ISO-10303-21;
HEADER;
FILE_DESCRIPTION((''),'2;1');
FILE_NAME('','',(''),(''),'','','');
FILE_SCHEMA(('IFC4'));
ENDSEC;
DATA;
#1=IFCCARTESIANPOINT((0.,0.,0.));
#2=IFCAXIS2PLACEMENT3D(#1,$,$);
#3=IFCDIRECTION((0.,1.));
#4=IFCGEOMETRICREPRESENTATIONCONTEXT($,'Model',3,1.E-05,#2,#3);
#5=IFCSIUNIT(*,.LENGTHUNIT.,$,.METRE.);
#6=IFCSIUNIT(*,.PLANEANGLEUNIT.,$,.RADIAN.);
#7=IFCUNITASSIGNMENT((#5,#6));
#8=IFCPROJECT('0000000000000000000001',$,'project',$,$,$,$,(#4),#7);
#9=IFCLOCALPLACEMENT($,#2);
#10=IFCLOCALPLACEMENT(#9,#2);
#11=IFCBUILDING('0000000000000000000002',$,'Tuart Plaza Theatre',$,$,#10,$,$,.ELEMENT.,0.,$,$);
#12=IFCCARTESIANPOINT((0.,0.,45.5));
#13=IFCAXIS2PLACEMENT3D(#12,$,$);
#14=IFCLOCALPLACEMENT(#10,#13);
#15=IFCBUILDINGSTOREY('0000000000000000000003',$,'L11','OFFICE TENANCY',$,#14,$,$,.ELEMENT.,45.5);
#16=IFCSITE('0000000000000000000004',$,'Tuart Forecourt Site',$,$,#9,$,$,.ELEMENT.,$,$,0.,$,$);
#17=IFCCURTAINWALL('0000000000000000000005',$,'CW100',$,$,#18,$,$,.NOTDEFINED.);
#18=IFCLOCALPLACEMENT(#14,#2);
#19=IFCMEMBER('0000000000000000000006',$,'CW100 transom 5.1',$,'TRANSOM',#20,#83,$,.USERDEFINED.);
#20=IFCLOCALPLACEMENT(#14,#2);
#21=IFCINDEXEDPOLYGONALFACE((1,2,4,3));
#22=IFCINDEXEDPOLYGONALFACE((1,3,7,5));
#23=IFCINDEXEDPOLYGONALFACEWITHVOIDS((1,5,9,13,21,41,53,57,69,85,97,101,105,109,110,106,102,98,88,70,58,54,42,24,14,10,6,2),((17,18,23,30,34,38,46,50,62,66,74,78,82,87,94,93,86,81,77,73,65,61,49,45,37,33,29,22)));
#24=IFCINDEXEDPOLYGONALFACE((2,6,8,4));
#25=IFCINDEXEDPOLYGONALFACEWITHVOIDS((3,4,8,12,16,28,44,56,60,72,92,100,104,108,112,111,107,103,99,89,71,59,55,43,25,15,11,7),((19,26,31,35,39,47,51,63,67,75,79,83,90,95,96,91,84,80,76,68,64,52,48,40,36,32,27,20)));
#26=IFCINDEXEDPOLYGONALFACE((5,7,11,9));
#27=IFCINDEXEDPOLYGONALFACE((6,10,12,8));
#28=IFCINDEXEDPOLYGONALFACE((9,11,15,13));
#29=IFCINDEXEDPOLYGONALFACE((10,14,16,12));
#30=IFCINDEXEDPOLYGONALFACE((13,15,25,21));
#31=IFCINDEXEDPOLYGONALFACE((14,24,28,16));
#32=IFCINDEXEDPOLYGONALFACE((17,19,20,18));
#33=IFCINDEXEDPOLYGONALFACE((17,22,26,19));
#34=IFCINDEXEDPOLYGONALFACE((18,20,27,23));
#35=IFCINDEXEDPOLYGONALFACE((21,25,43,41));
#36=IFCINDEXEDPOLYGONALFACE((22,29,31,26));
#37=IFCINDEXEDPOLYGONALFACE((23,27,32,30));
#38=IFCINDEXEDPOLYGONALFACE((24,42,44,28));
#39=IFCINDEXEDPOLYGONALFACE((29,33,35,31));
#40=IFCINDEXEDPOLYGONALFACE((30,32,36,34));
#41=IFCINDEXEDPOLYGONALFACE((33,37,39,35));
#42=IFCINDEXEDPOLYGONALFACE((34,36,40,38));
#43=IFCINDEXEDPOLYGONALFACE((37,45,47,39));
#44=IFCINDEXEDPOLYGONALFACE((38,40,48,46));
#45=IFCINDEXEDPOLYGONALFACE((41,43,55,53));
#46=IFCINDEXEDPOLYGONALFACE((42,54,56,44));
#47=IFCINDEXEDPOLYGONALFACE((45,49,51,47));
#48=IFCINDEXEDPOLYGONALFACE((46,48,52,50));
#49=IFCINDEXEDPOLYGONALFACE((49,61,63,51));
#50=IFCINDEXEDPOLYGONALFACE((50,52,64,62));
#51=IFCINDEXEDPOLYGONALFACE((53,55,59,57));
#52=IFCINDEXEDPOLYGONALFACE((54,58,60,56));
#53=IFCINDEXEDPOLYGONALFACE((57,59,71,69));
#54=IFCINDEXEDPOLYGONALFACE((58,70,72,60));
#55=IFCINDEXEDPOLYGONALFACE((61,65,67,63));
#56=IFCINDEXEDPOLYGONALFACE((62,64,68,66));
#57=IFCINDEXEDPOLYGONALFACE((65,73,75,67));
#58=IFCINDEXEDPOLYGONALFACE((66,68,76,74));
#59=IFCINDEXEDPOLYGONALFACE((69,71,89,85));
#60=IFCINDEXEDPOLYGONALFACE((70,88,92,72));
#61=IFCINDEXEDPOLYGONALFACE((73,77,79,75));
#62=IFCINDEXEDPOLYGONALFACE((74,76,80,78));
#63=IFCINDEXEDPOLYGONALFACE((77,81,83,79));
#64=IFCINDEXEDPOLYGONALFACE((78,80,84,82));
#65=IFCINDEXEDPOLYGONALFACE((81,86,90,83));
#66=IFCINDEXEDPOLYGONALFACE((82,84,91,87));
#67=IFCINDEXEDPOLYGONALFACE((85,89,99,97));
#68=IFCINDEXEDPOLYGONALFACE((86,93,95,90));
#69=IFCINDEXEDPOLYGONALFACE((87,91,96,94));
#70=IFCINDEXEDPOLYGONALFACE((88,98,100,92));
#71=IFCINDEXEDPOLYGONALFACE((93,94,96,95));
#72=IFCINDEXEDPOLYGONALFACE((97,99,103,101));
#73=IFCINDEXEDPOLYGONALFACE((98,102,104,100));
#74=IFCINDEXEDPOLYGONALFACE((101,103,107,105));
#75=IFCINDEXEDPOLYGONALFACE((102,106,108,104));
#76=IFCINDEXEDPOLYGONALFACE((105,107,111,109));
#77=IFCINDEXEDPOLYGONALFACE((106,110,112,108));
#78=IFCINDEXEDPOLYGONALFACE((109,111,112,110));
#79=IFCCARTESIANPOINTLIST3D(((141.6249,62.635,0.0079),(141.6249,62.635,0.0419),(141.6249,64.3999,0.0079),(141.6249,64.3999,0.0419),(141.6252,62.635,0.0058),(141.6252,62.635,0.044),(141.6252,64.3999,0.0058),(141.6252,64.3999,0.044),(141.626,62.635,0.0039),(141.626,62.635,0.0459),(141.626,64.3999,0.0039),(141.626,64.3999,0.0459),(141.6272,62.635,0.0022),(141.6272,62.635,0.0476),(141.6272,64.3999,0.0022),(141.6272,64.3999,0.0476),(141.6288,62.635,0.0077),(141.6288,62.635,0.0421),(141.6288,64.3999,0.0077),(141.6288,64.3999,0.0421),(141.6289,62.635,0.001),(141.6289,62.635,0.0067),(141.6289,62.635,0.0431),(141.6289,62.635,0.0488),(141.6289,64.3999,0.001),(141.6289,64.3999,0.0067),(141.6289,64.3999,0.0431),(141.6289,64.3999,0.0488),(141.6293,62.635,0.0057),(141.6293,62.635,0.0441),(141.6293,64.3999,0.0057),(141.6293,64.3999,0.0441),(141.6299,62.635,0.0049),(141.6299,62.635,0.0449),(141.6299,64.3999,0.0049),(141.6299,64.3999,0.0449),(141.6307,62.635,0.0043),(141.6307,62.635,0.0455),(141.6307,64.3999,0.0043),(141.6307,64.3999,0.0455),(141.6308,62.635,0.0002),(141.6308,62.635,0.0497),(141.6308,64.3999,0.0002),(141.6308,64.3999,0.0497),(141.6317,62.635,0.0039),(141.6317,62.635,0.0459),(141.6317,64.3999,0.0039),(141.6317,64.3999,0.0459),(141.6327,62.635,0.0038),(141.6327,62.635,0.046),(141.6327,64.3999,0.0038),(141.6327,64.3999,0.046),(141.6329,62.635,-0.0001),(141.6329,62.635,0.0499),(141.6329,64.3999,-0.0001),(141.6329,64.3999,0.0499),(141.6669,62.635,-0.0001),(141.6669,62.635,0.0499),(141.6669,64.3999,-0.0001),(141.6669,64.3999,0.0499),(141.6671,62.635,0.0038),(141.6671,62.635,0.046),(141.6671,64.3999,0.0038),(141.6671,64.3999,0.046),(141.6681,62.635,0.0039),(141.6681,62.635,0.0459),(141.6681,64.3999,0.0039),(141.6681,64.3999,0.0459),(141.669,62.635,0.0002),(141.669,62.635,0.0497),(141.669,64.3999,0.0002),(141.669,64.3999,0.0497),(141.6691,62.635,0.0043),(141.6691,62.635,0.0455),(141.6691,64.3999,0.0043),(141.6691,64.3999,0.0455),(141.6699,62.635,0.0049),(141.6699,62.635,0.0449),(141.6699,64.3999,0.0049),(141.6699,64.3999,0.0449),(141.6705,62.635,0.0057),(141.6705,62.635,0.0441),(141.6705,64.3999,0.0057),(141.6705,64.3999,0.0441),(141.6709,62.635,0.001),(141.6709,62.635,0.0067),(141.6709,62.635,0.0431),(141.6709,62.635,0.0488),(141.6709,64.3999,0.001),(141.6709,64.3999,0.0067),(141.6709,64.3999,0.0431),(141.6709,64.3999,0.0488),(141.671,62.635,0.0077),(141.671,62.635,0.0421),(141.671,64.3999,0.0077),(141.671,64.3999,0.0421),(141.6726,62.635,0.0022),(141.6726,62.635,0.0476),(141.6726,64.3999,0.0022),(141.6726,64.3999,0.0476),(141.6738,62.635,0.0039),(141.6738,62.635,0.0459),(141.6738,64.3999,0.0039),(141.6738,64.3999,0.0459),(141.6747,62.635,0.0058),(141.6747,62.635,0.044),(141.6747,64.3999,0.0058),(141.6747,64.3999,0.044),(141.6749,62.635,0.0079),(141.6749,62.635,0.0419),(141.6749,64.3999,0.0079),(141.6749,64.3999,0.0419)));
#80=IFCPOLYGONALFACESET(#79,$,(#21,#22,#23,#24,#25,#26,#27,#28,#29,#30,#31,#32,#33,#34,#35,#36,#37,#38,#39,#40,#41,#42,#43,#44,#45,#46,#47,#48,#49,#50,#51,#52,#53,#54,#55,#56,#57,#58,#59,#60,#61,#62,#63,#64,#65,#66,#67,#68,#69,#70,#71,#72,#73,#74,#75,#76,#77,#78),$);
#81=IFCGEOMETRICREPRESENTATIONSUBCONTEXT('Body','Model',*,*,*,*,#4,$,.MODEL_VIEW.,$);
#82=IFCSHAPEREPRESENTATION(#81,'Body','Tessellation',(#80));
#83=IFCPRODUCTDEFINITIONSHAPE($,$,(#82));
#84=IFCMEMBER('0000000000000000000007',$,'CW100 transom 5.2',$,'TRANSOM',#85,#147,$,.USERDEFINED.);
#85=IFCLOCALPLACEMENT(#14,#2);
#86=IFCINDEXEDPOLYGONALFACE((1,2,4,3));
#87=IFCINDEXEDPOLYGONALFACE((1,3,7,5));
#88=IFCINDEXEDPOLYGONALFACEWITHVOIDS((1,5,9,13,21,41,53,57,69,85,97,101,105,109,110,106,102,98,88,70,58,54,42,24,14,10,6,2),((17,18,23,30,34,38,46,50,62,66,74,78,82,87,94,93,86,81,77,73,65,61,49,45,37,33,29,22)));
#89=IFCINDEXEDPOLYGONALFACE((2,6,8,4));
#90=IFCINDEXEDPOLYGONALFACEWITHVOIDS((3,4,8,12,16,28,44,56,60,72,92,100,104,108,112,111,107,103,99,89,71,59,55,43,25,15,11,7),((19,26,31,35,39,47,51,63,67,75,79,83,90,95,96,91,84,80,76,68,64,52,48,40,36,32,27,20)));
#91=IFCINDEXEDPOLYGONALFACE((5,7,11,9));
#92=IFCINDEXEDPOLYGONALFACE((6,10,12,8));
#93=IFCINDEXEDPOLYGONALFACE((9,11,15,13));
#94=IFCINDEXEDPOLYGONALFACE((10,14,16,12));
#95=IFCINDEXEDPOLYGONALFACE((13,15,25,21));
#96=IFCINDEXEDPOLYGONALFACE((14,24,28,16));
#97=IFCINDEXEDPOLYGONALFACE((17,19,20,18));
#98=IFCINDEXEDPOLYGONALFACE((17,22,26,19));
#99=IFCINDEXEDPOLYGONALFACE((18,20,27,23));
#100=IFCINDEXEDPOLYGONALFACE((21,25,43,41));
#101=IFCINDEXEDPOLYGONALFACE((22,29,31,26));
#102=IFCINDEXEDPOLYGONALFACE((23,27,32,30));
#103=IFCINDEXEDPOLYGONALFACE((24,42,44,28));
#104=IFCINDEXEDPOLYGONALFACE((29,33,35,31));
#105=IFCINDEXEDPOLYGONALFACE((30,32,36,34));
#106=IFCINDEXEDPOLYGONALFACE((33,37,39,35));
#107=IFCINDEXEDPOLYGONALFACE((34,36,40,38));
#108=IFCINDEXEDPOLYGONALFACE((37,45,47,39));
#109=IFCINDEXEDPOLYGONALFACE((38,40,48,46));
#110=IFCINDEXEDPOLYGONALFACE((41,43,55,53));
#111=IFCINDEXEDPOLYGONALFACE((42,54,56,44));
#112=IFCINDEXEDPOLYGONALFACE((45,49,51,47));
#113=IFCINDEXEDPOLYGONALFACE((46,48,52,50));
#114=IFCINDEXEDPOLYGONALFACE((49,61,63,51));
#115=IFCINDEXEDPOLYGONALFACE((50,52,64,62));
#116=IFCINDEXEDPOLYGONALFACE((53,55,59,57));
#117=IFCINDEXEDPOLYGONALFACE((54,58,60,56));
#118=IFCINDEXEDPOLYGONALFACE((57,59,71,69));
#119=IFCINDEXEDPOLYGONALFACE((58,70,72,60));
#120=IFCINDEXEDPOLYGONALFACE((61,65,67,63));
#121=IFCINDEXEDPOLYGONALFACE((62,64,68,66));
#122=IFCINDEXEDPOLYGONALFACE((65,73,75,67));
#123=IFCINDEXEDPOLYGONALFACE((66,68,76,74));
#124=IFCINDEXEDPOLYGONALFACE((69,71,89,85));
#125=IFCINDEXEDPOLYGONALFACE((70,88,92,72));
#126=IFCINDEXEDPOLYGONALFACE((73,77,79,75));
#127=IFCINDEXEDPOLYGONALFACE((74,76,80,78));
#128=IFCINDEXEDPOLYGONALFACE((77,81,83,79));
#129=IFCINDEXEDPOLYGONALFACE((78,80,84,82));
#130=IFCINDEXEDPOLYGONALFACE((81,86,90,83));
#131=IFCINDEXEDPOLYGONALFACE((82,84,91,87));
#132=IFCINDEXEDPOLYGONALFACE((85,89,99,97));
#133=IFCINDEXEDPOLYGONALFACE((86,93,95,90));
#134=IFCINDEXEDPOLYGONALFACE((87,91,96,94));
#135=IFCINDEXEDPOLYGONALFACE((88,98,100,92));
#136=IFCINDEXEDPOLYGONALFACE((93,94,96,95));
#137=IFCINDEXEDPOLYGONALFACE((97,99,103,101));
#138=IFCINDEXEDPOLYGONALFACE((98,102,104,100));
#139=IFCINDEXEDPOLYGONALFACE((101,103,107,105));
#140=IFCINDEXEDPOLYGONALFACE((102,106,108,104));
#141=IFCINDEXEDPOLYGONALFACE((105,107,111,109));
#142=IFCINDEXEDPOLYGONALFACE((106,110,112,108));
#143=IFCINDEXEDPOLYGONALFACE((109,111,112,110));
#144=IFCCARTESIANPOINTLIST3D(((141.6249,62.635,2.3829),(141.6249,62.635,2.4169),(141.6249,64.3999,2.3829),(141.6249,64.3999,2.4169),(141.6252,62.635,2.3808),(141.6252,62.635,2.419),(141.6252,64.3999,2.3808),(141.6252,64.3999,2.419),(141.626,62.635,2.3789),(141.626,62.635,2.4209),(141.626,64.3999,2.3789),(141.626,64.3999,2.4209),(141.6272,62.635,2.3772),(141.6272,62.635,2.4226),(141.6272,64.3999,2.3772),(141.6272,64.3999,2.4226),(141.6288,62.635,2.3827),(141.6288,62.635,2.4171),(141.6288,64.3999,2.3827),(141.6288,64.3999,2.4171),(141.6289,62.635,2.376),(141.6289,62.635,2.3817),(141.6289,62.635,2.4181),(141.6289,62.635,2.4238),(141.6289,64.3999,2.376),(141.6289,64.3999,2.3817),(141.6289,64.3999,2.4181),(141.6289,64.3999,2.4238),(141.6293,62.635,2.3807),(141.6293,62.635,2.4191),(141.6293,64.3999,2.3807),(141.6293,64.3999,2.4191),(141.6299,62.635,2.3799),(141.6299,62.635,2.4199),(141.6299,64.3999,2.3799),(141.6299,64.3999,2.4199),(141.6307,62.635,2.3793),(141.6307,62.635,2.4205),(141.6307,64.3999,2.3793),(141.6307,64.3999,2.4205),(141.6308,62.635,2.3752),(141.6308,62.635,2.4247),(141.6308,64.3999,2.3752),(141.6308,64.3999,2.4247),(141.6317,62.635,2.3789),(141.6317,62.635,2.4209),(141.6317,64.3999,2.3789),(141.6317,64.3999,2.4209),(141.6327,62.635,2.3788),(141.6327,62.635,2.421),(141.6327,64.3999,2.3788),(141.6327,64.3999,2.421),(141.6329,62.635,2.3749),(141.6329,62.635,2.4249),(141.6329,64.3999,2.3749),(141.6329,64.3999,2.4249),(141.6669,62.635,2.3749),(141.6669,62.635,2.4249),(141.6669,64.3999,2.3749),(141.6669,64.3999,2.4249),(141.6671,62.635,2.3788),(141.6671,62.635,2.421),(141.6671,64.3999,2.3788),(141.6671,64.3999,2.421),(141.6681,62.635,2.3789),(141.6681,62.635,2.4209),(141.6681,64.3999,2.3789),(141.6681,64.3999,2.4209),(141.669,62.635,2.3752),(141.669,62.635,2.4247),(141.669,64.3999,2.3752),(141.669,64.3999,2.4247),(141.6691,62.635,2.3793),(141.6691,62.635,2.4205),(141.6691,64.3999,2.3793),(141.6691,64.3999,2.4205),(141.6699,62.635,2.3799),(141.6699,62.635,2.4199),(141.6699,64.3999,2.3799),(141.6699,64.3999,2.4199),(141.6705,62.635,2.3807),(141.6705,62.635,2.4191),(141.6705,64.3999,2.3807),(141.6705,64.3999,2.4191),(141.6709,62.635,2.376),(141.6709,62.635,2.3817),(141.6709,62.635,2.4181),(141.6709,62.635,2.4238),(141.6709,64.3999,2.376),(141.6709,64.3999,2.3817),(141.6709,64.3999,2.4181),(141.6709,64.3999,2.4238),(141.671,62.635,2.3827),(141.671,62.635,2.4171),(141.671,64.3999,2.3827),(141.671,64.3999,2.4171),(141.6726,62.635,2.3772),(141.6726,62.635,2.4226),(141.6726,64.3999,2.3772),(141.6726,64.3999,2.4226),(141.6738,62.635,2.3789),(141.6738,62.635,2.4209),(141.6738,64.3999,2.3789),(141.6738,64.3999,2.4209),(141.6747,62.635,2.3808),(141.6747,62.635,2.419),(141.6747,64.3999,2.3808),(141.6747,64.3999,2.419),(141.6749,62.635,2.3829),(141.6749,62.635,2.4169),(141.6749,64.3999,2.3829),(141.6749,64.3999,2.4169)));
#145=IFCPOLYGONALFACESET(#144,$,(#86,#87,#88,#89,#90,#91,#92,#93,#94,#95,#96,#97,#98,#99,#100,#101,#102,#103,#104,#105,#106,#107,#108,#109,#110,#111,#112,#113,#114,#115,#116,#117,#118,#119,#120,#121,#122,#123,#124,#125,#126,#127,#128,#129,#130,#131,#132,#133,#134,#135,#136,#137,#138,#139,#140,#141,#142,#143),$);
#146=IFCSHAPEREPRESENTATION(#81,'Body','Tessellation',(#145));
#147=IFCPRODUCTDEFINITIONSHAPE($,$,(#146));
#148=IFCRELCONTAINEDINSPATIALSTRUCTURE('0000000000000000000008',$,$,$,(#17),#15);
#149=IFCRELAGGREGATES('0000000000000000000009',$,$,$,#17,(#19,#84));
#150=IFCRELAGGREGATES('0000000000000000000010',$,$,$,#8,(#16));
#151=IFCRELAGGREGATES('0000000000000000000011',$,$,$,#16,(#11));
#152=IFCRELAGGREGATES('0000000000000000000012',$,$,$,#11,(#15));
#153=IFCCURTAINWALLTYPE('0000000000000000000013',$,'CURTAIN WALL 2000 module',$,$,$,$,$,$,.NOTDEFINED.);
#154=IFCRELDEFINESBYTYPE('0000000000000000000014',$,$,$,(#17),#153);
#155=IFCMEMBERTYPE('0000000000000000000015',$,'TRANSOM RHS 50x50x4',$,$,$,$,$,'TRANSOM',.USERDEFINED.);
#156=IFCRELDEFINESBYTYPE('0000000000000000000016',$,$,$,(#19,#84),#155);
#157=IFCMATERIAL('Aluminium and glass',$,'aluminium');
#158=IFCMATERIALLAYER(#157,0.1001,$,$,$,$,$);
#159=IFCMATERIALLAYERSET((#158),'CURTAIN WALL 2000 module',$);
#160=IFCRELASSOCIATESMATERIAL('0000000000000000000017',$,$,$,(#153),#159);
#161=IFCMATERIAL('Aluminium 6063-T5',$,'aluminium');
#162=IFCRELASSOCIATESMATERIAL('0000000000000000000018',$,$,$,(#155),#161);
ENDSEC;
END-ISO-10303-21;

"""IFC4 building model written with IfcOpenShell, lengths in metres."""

from ifc_helpers import new_model, si_unit, direction, frame, origin, origin_2d, place, context, subcontext, project, spatial, hollow_rectangle, extrude, material, layer, layer_set, material_profile, profile_set, type_object, element, aggregate, save


model = new_model("IFC4")

# Units and contexts
model_context = context("Model", 3, precision=1e-05, world=origin(), true_north=direction((0.0, 1.0)))
body_context = subcontext(model_context, "Body", "Model", "MODEL_VIEW")
ifc_project = project(units=[si_unit("LENGTHUNIT", "METRE"), si_unit("PLANEANGLEUNIT", "RADIAN")], contexts=[model_context])

# Site, building, storey
site_placement = place(None, origin())
site = spatial("IfcSite", under=ifc_project, at=site_placement, Name="Tuart Forecourt Site", CompositionType="ELEMENT", RefElevation=0.0)
building_placement = place(site_placement, origin())
building = spatial("IfcBuilding", under=site, at=building_placement, Name="Tuart Plaza Theatre", CompositionType="ELEMENT", ElevationOfRefHeight=0.0)
storey_placement = place(building_placement, frame((0.0, 0.0, 45.5)))
storey = spatial("IfcBuildingStorey", under=building, at=storey_placement, Name="L11", Description="OFFICE TENANCY", CompositionType="ELEMENT", Elevation=45.5)

# Curtain wall
ifc_material_1 = material(Name="Aluminium and glass", Category="aluminium")
ifc_layer_1 = layer(ifc_material_1, 0.1001)
ifc_layer_set_1 = layer_set([ifc_layer_1], Name="CURTAIN WALL 2000 module")
curtain_wall_type = type_object("IfcCurtainWallType", Name="CURTAIN WALL 2000 module", PredefinedType="NOTDEFINED", material=ifc_layer_set_1)
curtain_wall_1_placement = place(storey_placement, origin())
curtain_wall_1 = element("IfcCurtainWall", 1, at=curtain_wall_1_placement, inside=storey, type_object=curtain_wall_type, Name="CW100", PredefinedType="NOTDEFINED")

# Members
ifc_material_2 = material(Name="Aluminium 6063-T5", Category="aluminium")
ifc_material_profile_1 = material_profile(ifc_material_2, hollow_rectangle(XDim=0.05, YDim=0.05, WallThickness=0.0039, InnerFilletRadius=0.0039, OuterFilletRadius=0.0081, at=origin_2d()), Name="RHS 50x50x4")
ifc_profile_set_1 = profile_set([ifc_material_profile_1], Name="Aluminium 6063-T5")
member_type_1 = type_object("IfcMemberType", Name="TRANSOM RHS 50x50x4", ElementType="TRANSOM", PredefinedType="USERDEFINED", material=ifc_profile_set_1)
member_1_placement = place(storey_placement, frame((141.6499, 62.635, 0.0249), z_axis=(0.0, 1.0, 0.0), x_axis=(-1.0, 0.0, 0.0)))
member_1 = element("IfcMember", 2, at=member_1_placement, type_object=member_type_1, Name="CW100 transom 5.1", ObjectType="TRANSOM", PredefinedType="USERDEFINED", context=body_context, shape_type="SweptSolid", body=[
    extrude(hollow_rectangle(XDim=0.05, YDim=0.05, WallThickness=0.0039, InnerFilletRadius=0.0039, OuterFilletRadius=0.0081, at=origin_2d()), origin(), (0.0, 0.0, 1.0), 1.7649),
])
member_2_placement = place(storey_placement, frame((141.6499, 62.635, 2.3999), z_axis=(0.0, 1.0, 0.0), x_axis=(-1.0, 0.0, 0.0)))
member_2 = element("IfcMember", 3, at=member_2_placement, type_object=member_type_1, Name="CW100 transom 5.2", ObjectType="TRANSOM", PredefinedType="USERDEFINED", context=body_context, shape_type="SweptSolid", body=[
    extrude(hollow_rectangle(XDim=0.05, YDim=0.05, WallThickness=0.0039, InnerFilletRadius=0.0039, OuterFilletRadius=0.0081, at=origin_2d()), origin(), (0.0, 0.0, 1.0), 1.7649),
])

aggregate(curtain_wall_1, [member_1, member_2])

save(model, "model.ifc")
